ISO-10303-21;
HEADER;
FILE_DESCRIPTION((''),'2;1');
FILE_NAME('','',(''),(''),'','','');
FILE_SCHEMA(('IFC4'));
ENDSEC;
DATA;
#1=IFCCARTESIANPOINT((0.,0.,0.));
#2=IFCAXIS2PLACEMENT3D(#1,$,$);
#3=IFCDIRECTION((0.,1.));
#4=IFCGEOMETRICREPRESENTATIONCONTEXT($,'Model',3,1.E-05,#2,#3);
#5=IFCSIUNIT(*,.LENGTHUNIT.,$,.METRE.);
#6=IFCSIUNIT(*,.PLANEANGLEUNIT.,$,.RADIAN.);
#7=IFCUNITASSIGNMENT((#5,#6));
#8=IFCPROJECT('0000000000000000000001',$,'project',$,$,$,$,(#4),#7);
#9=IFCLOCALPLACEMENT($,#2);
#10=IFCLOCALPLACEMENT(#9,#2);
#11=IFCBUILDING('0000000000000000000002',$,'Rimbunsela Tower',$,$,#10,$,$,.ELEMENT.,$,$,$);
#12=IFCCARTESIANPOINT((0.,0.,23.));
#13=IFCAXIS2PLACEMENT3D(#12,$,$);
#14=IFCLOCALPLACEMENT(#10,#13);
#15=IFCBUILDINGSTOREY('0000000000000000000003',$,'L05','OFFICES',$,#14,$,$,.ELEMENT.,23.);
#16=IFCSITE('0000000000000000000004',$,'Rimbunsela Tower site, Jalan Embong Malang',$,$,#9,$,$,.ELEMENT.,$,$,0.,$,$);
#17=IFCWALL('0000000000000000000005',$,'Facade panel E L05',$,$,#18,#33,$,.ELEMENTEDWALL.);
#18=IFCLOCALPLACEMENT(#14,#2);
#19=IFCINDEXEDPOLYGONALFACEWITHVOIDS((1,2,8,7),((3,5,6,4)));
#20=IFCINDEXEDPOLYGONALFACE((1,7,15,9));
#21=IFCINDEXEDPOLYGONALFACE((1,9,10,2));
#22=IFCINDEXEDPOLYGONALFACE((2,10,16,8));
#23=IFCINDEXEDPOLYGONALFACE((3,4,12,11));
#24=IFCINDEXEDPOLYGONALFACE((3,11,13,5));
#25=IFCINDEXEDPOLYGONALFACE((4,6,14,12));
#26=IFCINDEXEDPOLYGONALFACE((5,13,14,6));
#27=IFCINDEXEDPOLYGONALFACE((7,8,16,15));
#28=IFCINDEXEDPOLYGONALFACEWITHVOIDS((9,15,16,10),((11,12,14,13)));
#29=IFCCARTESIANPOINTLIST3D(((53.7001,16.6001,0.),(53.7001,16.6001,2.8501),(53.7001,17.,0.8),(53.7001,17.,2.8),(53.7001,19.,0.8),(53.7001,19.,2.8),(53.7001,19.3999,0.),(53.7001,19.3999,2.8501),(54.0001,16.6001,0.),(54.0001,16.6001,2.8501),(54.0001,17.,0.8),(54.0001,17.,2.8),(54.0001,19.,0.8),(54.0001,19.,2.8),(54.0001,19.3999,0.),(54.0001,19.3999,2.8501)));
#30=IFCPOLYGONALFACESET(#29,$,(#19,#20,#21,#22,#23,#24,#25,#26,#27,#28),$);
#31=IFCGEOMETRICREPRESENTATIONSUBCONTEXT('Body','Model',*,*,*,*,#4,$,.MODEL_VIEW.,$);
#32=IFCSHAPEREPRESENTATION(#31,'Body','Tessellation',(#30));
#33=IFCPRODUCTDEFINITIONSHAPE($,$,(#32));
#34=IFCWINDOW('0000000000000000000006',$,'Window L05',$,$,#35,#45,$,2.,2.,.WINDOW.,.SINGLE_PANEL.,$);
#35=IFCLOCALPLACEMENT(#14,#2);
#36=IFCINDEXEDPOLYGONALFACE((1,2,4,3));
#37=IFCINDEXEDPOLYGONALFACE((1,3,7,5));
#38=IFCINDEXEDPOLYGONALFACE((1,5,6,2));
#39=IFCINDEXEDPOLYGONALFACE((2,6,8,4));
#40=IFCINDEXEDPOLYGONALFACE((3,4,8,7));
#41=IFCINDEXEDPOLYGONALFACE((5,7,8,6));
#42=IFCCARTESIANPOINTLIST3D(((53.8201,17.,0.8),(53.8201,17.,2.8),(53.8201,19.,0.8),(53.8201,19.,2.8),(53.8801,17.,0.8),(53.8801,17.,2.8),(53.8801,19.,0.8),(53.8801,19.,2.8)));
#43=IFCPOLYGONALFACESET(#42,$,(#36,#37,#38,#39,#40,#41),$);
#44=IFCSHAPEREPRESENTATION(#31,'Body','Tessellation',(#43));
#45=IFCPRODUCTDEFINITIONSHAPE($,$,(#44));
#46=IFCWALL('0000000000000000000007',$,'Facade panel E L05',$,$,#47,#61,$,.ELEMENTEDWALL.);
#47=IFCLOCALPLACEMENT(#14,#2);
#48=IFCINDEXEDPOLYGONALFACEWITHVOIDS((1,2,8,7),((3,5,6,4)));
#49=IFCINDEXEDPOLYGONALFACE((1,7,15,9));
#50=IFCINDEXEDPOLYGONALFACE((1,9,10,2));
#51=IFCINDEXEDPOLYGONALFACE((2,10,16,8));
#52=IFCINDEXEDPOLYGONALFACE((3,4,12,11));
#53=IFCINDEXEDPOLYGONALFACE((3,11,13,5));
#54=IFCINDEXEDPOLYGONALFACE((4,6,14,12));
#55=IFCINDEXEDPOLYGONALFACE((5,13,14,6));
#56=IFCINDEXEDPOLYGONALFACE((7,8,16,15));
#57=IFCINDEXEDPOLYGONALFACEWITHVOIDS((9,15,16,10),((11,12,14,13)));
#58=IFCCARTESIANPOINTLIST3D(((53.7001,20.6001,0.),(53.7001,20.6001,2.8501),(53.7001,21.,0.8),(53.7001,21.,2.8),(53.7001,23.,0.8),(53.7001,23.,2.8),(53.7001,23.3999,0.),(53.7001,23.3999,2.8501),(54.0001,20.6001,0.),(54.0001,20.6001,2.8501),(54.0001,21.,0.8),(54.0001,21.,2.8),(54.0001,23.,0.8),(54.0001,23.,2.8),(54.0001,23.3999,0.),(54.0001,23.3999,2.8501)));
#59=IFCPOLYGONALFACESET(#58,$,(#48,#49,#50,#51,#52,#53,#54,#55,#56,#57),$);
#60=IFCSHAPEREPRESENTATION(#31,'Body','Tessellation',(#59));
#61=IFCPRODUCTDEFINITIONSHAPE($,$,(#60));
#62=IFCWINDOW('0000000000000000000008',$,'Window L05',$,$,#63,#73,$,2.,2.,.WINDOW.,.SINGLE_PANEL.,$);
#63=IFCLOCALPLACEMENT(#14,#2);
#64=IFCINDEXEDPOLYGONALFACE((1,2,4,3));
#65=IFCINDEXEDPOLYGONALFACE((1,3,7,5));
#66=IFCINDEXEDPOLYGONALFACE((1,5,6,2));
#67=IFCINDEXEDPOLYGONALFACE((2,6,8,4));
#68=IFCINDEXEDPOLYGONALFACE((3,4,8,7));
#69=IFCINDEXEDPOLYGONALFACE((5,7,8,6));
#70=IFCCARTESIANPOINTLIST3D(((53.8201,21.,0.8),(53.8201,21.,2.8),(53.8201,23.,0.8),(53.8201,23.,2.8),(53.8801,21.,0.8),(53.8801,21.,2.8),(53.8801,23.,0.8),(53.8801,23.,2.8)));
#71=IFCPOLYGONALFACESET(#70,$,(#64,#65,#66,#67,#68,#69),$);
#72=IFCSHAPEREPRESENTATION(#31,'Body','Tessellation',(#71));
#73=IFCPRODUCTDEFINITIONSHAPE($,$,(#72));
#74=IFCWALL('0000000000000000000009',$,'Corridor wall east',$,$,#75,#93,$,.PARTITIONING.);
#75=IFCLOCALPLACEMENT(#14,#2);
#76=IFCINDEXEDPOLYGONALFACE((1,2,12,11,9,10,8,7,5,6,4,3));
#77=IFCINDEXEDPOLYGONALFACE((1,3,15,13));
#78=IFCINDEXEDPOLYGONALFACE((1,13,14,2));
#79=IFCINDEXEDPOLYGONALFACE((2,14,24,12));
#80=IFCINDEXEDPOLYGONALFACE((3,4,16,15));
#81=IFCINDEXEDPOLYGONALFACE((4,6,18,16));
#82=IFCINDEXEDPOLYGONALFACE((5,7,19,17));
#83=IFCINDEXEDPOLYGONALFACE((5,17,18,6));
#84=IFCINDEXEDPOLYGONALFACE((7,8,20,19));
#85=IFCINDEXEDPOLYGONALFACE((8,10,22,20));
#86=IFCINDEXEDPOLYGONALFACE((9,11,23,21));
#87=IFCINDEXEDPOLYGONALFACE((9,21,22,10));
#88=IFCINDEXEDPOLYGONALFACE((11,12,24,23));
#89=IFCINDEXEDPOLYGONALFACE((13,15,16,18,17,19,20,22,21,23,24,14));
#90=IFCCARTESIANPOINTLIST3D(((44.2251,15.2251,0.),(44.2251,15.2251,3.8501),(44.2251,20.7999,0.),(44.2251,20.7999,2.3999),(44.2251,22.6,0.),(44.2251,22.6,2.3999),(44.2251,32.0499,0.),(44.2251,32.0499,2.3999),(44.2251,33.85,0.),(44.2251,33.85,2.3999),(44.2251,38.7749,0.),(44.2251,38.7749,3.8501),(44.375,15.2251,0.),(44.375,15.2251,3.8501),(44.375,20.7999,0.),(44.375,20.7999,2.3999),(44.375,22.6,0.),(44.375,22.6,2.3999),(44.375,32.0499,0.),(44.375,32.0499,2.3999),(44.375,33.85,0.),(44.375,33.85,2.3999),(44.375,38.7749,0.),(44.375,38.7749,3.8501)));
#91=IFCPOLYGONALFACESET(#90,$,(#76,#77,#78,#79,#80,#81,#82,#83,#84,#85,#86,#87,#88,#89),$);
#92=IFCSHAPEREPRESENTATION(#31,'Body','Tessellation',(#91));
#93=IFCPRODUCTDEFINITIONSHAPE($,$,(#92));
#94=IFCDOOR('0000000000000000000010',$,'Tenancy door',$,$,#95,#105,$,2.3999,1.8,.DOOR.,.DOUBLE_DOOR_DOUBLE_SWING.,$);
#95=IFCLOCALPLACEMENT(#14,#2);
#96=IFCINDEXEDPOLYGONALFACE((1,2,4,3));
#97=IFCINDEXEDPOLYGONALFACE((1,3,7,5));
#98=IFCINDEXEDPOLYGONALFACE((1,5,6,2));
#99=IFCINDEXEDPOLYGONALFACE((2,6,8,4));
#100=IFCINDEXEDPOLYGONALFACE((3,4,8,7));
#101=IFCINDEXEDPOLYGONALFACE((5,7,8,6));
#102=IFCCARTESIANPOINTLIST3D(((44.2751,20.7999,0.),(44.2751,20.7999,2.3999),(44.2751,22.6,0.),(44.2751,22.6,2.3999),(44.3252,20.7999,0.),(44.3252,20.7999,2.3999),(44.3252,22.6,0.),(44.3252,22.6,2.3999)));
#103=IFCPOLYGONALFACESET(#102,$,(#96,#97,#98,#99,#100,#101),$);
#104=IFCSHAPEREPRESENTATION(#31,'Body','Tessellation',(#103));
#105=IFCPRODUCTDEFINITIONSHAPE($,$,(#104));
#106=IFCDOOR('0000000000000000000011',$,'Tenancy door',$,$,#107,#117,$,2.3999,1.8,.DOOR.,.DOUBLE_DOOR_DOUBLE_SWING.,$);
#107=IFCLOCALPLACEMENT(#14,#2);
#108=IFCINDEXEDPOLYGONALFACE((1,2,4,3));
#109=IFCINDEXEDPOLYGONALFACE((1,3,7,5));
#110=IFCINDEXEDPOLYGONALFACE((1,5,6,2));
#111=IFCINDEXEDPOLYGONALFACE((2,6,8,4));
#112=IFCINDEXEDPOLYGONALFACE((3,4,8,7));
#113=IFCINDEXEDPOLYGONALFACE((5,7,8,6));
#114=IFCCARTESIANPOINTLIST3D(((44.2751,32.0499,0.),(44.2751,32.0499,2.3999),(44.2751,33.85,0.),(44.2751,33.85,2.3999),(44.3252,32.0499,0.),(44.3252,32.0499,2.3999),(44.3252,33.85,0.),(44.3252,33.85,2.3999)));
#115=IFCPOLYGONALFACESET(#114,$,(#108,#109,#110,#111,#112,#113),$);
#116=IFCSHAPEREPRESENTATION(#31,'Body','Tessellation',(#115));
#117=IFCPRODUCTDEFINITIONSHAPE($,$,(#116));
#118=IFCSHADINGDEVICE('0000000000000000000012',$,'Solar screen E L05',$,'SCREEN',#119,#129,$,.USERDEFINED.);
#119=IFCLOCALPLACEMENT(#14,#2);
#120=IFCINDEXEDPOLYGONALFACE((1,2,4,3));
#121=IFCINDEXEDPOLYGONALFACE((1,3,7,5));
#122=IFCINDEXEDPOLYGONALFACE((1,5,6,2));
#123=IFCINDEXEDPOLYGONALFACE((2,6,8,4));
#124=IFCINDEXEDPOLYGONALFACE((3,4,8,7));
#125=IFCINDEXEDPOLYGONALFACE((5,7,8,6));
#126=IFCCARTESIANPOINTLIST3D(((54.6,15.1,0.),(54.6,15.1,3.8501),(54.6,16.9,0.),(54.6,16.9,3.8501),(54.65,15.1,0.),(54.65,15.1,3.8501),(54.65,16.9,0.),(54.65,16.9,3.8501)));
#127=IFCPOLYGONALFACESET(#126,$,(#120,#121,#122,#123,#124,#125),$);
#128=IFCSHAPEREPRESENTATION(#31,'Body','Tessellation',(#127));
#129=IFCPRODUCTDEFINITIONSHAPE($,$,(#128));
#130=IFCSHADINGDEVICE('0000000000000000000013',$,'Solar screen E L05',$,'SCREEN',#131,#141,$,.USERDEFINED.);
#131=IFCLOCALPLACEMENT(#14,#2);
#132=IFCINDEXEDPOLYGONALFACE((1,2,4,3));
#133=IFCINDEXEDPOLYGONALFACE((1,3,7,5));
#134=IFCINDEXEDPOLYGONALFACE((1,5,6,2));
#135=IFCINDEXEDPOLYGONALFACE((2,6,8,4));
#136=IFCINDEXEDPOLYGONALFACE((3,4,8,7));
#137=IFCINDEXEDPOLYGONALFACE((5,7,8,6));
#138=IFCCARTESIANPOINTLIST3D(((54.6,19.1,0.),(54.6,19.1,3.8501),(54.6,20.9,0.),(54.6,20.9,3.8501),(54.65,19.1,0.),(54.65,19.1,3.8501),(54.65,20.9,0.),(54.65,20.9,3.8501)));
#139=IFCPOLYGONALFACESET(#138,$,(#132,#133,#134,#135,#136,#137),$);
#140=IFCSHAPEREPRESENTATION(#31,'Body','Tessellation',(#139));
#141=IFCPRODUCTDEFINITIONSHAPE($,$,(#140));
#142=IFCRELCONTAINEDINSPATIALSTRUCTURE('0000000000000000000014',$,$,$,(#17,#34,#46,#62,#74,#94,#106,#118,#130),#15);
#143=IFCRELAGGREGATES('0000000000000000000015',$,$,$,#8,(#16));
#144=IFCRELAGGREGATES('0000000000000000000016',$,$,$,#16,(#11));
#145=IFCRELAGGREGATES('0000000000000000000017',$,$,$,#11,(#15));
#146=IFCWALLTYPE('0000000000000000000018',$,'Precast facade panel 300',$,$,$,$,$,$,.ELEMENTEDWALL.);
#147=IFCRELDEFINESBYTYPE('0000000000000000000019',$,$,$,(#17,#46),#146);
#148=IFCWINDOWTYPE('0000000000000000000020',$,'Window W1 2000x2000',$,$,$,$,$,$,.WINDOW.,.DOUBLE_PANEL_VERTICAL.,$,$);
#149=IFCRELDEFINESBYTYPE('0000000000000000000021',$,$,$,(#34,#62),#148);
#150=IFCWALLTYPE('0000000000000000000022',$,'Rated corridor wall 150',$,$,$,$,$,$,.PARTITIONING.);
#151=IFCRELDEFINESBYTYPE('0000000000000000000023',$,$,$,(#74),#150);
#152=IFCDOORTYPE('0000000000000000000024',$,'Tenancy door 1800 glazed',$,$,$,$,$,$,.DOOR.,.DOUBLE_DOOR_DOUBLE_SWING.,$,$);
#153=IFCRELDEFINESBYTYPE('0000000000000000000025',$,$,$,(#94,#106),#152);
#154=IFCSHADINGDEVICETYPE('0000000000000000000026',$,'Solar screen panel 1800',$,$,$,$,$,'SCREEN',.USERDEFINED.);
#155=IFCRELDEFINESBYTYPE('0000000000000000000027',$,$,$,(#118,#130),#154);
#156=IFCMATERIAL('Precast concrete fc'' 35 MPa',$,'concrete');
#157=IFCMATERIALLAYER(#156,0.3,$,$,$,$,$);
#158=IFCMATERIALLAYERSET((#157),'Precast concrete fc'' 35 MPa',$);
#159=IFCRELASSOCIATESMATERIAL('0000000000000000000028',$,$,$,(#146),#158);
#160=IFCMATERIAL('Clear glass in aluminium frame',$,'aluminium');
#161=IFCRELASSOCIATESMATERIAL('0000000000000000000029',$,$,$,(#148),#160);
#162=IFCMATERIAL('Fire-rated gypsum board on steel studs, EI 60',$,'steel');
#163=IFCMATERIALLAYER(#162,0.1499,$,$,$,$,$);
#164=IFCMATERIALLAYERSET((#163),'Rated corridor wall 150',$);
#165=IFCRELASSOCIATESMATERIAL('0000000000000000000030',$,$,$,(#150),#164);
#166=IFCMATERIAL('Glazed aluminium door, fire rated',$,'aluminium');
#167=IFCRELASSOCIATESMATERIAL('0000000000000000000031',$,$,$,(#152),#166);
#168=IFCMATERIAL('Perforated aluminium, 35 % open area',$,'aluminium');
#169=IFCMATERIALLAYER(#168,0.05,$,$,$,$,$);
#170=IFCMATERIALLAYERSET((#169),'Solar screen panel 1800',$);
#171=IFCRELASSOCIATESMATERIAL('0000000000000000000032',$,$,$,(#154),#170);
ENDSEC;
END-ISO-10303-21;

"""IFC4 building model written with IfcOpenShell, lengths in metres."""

from ifc_helpers import new_model, si_unit, direction, frame, frame_2d, origin, origin_2d, place, context, subcontext, project, spatial, rectangle, extrude, material, layer, layer_set, type_object, element, fill, save


model = new_model("IFC4")

# Units and contexts
model_context = context("Model", 3, precision=1e-05, world=origin(), true_north=direction((0.0, 1.0)))
body_context = subcontext(model_context, "Body", "Model", "MODEL_VIEW")
ifc_project = project(units=[si_unit("LENGTHUNIT", "METRE"), si_unit("PLANEANGLEUNIT", "RADIAN")], contexts=[model_context])

# Site, building, storey
site_placement = place(None, origin())
site = spatial("IfcSite", under=ifc_project, at=site_placement, Name="Rimbunsela Tower site, Jalan Embong Malang", CompositionType="ELEMENT", RefElevation=0.0)
building_placement = place(site_placement, origin())
building = spatial("IfcBuilding", under=site, at=building_placement, Name="Rimbunsela Tower", CompositionType="ELEMENT")
storey_placement = place(building_placement, frame((0.0, 0.0, 23.0)))
storey = spatial("IfcBuildingStorey", under=building, at=storey_placement, Name="L05", Description="OFFICES", CompositionType="ELEMENT", Elevation=23.0)

# Walls, openings, windows
ifc_material_1 = material(Name="Precast concrete fc' 35 MPa", Category="concrete")
ifc_layer_1 = layer(ifc_material_1, 0.3)
ifc_layer_set_1 = layer_set([ifc_layer_1], Name="Precast concrete fc' 35 MPa")
wall_type_1 = type_object("IfcWallType", Name="Precast facade panel 300", PredefinedType="ELEMENTEDWALL", material=ifc_layer_set_1)
wall_1_placement = place(storey_placement, frame((53.8501, 16.6001, 0.0), z_axis=(0.0, 0.0, 1.0), x_axis=(0.0, 1.0, 0.0)))
wall_1 = element("IfcWall", 1, at=wall_1_placement, inside=storey, type_object=wall_type_1, Name="Facade panel E L05", PredefinedType="ELEMENTEDWALL", context=body_context, shape_type="SweptSolid", body=[
    extrude(rectangle(XDim=2.7998, YDim=0.3, at=frame_2d((1.3999, 0.0))), origin(), (0.0, 0.0, 1.0), 2.8501),
])
opening_1_placement = place(wall_1_placement, frame((0.3999, 0.0, 0.8)))
opening_1 = element("IfcOpeningElement", 2, at=opening_1_placement, cuts=wall_1, PredefinedType="OPENING", context=body_context, shape_type="SweptSolid", body=[
    extrude(rectangle(XDim=2.0, YDim=2.0, at=frame_2d((1.0, 1.0))), frame((0.0, 0.1599, 0.0), z_axis=(0.0, -1.0, 0.0), x_axis=(1.0, 0.0, 0.0)), (0.0, 0.0, 1.0), 0.3201),
])
ifc_material_2 = material(Name="Clear glass in aluminium frame", Category="aluminium")
window_type = type_object("IfcWindowType", Name="Window W1 2000x2000", PartitioningType="DOUBLE_PANEL_VERTICAL", PredefinedType="WINDOW", material=ifc_material_2)
window_1_placement = place(opening_1_placement, origin())
window_1 = element("IfcWindow", 3, at=window_1_placement, inside=storey, type_object=window_type, Name="Window L05", OverallHeight=2.0, OverallWidth=2.0, PartitioningType="SINGLE_PANEL", PredefinedType="WINDOW", context=body_context, shape_type="SweptSolid", body=[
    extrude(rectangle(XDim=2.0, YDim=2.0, at=frame_2d((1.0, 1.0))), frame((0.0, 0.03, 0.0), z_axis=(0.0, -1.0, 0.0), x_axis=(1.0, 0.0, 0.0)), (0.0, 0.0, 1.0), 0.0601),
])
fill(opening_1, window_1)
wall_2_placement = place(storey_placement, frame((53.8501, 20.6001, 0.0), z_axis=(0.0, 0.0, 1.0), x_axis=(0.0, 1.0, 0.0)))
wall_2 = element("IfcWall", 4, at=wall_2_placement, inside=storey, type_object=wall_type_1, Name="Facade panel E L05", PredefinedType="ELEMENTEDWALL", context=body_context, shape_type="SweptSolid", body=[
    extrude(rectangle(XDim=2.7998, YDim=0.3, at=frame_2d((1.3999, 0.0))), origin(), (0.0, 0.0, 1.0), 2.8501),
])
opening_2_placement = place(wall_2_placement, frame((0.3999, 0.0, 0.8)))
opening_2 = element("IfcOpeningElement", 5, at=opening_2_placement, cuts=wall_2, PredefinedType="OPENING", context=body_context, shape_type="SweptSolid", body=[
    extrude(rectangle(XDim=2.0, YDim=2.0, at=frame_2d((1.0, 1.0))), frame((0.0, 0.1599, 0.0), z_axis=(0.0, -1.0, 0.0), x_axis=(1.0, 0.0, 0.0)), (0.0, 0.0, 1.0), 0.3201),
])
window_2_placement = place(opening_2_placement, origin())
window_2 = element("IfcWindow", 6, at=window_2_placement, inside=storey, type_object=window_type, Name="Window L05", OverallHeight=2.0, OverallWidth=2.0, PartitioningType="SINGLE_PANEL", PredefinedType="WINDOW", context=body_context, shape_type="SweptSolid", body=[
    extrude(rectangle(XDim=2.0, YDim=2.0, at=frame_2d((1.0, 1.0))), frame((0.0, 0.03, 0.0), z_axis=(0.0, -1.0, 0.0), x_axis=(1.0, 0.0, 0.0)), (0.0, 0.0, 1.0), 0.0601),
])
fill(opening_2, window_2)

# Wall, openings, doors
ifc_material_3 = material(Name="Fire-rated gypsum board on steel studs, EI 60", Category="steel")
ifc_layer_2 = layer(ifc_material_3, 0.1499)
ifc_layer_set_2 = layer_set([ifc_layer_2], Name="Rated corridor wall 150")
wall_type_2 = type_object("IfcWallType", Name="Rated corridor wall 150", PredefinedType="PARTITIONING", material=ifc_layer_set_2)
wall_3_placement = place(storey_placement, frame((44.3, 15.2251, 0.0), z_axis=(0.0, 0.0, 1.0), x_axis=(0.0, 1.0, 0.0)))
wall_3 = element("IfcWall", 7, at=wall_3_placement, inside=storey, type_object=wall_type_2, Name="Corridor wall east", PredefinedType="PARTITIONING", context=body_context, shape_type="SweptSolid", body=[
    extrude(rectangle(XDim=23.5498, YDim=0.1499, at=frame_2d((11.7749, 0.0))), origin(), (0.0, 0.0, 1.0), 3.8501),
])
opening_3_placement = place(wall_3_placement, frame((5.575, 0.0, 0.0)))
opening_3 = element("IfcOpeningElement", 8, at=opening_3_placement, cuts=wall_3, PredefinedType="OPENING", context=body_context, shape_type="SweptSolid", body=[
    extrude(rectangle(XDim=1.8, YDim=2.3999, at=frame_2d((0.8999, 1.2))), frame((0.0, 0.085, 0.0), z_axis=(0.0, -1.0, 0.0), x_axis=(1.0, 0.0, 0.0)), (0.0, 0.0, 1.0), 0.1699),
])
opening_4_placement = place(wall_3_placement, frame((16.825, 0.0, 0.0)))
opening_4 = element("IfcOpeningElement", 9, at=opening_4_placement, cuts=wall_3, PredefinedType="OPENING", context=body_context, shape_type="SweptSolid", body=[
    extrude(rectangle(XDim=1.8, YDim=2.3999, at=frame_2d((0.8999, 1.2))), frame((0.0, 0.085, 0.0), z_axis=(0.0, -1.0, 0.0), x_axis=(1.0, 0.0, 0.0)), (0.0, 0.0, 1.0), 0.1699),
])
ifc_material_4 = material(Name="Glazed aluminium door, fire rated", Category="aluminium")
door_type_1 = type_object("IfcDoorType", Name="Tenancy door 1800 glazed", OperationType="DOUBLE_DOOR_DOUBLE_SWING", PredefinedType="DOOR", material=ifc_material_4)
door_1_placement = place(opening_3_placement, origin())
door_1 = element("IfcDoor", 10, at=door_1_placement, inside=storey, type_object=door_type_1, Name="Tenancy door", OperationType="DOUBLE_DOOR_DOUBLE_SWING", OverallHeight=2.3999, OverallWidth=1.8, PredefinedType="DOOR", context=body_context, shape_type="SweptSolid", body=[
    extrude(rectangle(XDim=1.8, YDim=2.3999, at=frame_2d((0.8999, 1.2))), frame((0.0, 0.0249, 0.0), z_axis=(0.0, -1.0, 0.0), x_axis=(1.0, 0.0, 0.0)), (0.0, 0.0, 1.0), 0.05),
])
fill(opening_3, door_1)
door_2_placement = place(opening_4_placement, origin())
door_2 = element("IfcDoor", 11, at=door_2_placement, inside=storey, type_object=door_type_1, Name="Tenancy door", OperationType="DOUBLE_DOOR_DOUBLE_SWING", OverallHeight=2.3999, OverallWidth=1.8, PredefinedType="DOOR", context=body_context, shape_type="SweptSolid", body=[
    extrude(rectangle(XDim=1.8, YDim=2.3999, at=frame_2d((0.8999, 1.2))), frame((0.0, 0.0249, 0.0), z_axis=(0.0, -1.0, 0.0), x_axis=(1.0, 0.0, 0.0)), (0.0, 0.0, 1.0), 0.05),
])
fill(opening_4, door_2)

# Shading devices
ifc_material_5 = material(Name="Perforated aluminium, 35 % open area", Category="aluminium")
ifc_layer_3 = layer(ifc_material_5, 0.05)
ifc_layer_set_3 = layer_set([ifc_layer_3], Name="Solar screen panel 1800")
shading_device_type = type_object("IfcShadingDeviceType", Name="Solar screen panel 1800", ElementType="SCREEN", PredefinedType="USERDEFINED", material=ifc_layer_set_3)
for number, where, z_axis, x_axis, name in (
    (12, (54.625, 16.0, 0.0), (0.0, 0.0, 1.0), (0.0, 1.0, 0.0), "Solar screen E L05"),
    (13, (54.625, 20.0, 0.0), (0.0, 0.0, 1.0), (0.0, 1.0, 0.0), "Solar screen E L05"),
):
    element("IfcShadingDevice", number, at=place(storey_placement, frame(where, z_axis=z_axis, x_axis=x_axis)), inside=storey, type_object=shading_device_type, Name=name, ObjectType="SCREEN", PredefinedType="USERDEFINED", context=body_context, shape_type="SweptSolid", body=[
        extrude(rectangle(XDim=1.8, YDim=0.05, at=origin_2d()), origin(), (0.0, 0.0, 1.0), 3.8501),
    ])

save(model, "model.ifc")
